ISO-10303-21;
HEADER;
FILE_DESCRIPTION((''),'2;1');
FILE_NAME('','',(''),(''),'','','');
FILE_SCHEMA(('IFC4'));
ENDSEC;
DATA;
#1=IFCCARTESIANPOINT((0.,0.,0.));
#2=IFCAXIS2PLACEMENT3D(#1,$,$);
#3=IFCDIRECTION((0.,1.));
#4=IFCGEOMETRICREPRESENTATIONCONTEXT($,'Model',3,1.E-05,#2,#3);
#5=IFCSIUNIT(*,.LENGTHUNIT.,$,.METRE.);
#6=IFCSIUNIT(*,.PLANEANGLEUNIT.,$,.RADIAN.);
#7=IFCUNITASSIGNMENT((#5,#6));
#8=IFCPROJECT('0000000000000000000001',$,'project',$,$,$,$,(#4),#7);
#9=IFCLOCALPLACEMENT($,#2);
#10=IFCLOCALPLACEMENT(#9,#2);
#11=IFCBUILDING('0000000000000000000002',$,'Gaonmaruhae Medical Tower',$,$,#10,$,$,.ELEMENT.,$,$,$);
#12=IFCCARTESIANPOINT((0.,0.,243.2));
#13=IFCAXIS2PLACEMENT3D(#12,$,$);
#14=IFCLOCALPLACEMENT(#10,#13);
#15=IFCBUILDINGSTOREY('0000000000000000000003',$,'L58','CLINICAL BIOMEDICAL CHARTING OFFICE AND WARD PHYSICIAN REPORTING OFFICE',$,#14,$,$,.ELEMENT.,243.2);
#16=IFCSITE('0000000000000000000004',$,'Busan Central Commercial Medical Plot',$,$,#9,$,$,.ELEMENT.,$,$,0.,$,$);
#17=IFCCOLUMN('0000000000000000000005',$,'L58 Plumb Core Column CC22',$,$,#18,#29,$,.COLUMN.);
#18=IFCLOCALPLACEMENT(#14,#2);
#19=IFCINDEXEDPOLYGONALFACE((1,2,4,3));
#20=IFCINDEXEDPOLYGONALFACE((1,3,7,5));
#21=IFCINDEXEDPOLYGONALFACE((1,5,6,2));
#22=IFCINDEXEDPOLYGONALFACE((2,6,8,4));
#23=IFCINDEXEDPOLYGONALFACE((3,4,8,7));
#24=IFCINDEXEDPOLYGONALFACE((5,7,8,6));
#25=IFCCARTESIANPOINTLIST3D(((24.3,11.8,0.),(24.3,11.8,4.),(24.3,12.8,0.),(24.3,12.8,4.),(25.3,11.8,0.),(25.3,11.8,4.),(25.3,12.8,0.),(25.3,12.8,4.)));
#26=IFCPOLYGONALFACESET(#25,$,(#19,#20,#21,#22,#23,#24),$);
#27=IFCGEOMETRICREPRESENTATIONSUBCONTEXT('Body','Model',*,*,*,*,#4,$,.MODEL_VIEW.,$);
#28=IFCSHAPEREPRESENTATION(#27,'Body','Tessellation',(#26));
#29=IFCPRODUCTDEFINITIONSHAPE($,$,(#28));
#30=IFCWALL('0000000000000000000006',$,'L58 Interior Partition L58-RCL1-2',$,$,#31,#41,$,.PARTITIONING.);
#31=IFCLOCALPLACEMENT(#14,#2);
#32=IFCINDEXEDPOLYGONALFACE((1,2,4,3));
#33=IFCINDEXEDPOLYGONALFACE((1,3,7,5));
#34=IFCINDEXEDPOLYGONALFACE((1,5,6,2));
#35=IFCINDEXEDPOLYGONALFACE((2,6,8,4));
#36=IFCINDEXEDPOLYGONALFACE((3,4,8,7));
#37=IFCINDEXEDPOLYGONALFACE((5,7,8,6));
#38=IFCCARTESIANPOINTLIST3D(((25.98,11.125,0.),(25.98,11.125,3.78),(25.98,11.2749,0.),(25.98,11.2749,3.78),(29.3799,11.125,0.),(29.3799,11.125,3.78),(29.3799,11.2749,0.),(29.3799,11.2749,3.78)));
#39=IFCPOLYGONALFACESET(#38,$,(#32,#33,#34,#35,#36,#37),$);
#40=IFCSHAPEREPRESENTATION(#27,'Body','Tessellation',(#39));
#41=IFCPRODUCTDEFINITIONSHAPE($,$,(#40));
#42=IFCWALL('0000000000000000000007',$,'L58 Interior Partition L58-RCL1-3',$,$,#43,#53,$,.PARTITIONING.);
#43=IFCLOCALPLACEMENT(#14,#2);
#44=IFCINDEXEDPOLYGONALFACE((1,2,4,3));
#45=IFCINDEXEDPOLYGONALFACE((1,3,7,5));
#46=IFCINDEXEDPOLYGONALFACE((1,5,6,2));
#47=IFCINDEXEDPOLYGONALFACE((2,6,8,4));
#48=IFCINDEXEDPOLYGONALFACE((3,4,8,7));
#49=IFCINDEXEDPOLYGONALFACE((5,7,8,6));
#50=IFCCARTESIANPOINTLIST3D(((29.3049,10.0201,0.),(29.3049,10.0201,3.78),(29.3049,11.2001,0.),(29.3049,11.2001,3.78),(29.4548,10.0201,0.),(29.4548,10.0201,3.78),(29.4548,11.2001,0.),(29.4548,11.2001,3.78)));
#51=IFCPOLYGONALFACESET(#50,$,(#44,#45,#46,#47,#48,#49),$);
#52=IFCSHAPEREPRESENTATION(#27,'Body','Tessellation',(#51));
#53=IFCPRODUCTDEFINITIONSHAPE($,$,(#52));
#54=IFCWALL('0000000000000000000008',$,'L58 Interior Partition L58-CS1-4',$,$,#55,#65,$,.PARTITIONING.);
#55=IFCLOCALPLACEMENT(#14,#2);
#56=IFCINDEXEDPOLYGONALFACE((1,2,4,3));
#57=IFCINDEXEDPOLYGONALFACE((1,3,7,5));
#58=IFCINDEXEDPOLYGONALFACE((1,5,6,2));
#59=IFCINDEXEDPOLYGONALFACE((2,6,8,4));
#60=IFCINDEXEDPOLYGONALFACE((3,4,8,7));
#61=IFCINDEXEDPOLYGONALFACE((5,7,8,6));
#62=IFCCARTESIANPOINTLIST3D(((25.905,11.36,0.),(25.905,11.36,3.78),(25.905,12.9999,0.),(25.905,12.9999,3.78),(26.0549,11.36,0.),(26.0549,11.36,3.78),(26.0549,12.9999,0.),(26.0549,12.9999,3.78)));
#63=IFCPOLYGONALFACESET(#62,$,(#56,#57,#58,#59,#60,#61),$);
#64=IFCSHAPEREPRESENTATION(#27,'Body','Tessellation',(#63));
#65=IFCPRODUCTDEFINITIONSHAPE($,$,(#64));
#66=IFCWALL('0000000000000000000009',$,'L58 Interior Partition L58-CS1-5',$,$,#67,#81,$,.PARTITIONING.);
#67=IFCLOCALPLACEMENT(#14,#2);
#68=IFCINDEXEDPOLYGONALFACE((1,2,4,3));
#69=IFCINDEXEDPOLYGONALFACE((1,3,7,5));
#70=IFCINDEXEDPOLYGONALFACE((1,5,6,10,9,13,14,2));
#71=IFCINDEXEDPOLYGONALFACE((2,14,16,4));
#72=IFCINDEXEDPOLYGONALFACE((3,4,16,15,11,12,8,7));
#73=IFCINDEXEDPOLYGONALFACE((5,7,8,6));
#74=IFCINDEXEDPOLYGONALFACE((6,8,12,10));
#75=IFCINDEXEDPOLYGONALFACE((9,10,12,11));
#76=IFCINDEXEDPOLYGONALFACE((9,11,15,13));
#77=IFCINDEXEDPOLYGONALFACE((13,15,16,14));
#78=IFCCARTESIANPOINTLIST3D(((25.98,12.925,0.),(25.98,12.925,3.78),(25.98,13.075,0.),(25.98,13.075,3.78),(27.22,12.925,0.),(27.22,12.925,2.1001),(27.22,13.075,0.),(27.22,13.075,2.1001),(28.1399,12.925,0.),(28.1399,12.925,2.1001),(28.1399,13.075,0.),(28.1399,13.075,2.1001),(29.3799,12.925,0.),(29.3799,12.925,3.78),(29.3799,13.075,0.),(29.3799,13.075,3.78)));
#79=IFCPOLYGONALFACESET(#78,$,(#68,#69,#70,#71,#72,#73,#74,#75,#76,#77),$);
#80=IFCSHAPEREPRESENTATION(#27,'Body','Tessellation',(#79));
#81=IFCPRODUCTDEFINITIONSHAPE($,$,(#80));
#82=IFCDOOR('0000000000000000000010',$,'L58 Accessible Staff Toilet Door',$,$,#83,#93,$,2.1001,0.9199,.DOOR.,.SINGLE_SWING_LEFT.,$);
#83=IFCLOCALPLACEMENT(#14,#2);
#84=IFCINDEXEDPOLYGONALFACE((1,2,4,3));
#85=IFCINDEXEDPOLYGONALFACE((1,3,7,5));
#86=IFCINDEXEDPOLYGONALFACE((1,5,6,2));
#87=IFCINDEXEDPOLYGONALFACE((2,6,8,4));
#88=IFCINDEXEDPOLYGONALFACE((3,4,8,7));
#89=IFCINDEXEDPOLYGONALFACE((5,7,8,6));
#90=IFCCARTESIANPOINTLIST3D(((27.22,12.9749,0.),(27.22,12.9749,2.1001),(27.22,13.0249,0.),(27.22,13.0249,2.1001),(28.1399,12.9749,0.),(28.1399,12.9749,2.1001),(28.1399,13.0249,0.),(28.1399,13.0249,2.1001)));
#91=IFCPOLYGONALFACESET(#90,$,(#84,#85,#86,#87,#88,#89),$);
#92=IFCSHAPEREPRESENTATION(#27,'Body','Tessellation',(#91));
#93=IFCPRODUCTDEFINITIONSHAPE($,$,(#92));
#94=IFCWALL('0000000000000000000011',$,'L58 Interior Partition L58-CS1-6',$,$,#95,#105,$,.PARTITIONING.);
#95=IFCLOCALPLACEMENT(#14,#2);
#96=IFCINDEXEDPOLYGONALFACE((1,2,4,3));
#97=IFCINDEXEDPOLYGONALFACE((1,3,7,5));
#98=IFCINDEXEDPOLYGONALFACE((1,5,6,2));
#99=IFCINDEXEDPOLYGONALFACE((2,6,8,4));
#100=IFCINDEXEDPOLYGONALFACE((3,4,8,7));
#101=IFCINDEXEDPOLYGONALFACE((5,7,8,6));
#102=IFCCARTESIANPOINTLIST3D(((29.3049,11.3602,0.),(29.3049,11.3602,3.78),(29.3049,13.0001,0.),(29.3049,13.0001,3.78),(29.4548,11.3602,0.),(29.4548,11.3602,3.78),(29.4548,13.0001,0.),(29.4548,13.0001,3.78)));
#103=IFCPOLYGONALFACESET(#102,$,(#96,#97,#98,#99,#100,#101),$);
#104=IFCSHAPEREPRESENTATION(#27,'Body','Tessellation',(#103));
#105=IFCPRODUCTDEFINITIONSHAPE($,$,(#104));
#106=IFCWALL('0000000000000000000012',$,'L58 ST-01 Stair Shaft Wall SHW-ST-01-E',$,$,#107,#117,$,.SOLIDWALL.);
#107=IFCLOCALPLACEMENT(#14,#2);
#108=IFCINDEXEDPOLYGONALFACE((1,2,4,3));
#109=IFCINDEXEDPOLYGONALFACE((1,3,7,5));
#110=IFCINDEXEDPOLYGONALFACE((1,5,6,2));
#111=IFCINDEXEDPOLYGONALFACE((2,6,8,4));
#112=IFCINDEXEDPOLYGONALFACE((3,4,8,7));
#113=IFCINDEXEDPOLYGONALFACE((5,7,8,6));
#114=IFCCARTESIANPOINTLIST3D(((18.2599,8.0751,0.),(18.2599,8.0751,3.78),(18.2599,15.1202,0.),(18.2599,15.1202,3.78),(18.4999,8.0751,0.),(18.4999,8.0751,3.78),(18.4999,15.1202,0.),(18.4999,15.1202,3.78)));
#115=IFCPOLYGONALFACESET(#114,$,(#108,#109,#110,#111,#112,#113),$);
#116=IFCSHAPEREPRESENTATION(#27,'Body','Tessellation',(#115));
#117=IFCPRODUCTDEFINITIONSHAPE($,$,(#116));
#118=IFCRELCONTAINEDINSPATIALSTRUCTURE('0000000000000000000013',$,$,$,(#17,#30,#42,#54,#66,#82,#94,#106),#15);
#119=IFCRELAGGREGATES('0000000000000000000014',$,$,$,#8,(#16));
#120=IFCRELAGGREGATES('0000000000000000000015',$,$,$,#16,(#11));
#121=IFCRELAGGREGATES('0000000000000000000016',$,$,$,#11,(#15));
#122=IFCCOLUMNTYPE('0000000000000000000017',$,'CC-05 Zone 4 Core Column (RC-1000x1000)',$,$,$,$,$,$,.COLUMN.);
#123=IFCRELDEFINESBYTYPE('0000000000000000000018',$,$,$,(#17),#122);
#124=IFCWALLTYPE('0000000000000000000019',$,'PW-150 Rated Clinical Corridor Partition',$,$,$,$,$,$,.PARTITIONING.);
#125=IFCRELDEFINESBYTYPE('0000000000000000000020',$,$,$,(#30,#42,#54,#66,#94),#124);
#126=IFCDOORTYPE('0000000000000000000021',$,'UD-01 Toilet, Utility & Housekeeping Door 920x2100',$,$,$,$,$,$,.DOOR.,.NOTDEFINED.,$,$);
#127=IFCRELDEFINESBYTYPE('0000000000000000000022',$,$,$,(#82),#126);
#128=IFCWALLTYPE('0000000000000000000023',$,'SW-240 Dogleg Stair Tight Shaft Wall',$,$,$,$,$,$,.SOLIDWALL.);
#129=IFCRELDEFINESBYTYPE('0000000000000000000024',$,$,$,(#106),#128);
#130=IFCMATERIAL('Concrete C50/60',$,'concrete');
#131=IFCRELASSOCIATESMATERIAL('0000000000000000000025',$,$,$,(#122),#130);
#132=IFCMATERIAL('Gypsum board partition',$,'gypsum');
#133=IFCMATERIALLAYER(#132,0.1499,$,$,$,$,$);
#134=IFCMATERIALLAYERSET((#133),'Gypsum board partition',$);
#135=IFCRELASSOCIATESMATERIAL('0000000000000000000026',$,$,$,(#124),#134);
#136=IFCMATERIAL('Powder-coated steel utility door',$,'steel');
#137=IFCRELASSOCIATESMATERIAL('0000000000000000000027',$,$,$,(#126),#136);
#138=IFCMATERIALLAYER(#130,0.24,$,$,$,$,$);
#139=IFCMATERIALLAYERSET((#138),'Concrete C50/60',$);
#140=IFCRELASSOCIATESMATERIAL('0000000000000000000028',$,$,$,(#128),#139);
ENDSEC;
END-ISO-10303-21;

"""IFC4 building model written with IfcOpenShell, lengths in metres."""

from ifc_helpers import new_model, si_unit, direction, frame, frame_2d, origin, origin_2d, place, context, subcontext, project, spatial, rectangle, extrude, material, layer, layer_set, material_profile, profile_set, type_object, element, fill, save


model = new_model("IFC4")

# Units and contexts
model_context = context("Model", 3, precision=1e-05, world=origin(), true_north=direction((0.0, 1.0)))
body_context = subcontext(model_context, "Body", "Model", "MODEL_VIEW")
ifc_project = project(units=[si_unit("LENGTHUNIT", "METRE"), si_unit("PLANEANGLEUNIT", "RADIAN")], contexts=[model_context])

# Site, building, storey
site_placement = place(None, origin())
site = spatial("IfcSite", under=ifc_project, at=site_placement, Name="Busan Central Commercial Medical Plot", CompositionType="ELEMENT", RefElevation=0.0)
building_placement = place(site_placement, origin())
building = spatial("IfcBuilding", under=site, at=building_placement, Name="Gaonmaruhae Medical Tower", CompositionType="ELEMENT")
storey_placement = place(building_placement, frame((0.0, 0.0, 243.2)))
storey = spatial("IfcBuildingStorey", under=building, at=storey_placement, Name="L58", Description="CLINICAL BIOMEDICAL CHARTING OFFICE AND WARD PHYSICIAN REPORTING OFFICE", CompositionType="ELEMENT", Elevation=243.2)

# Column
ifc_material_1 = material(Name="Concrete C50/60", Category="concrete")
ifc_material_profile = material_profile(ifc_material_1, rectangle(XDim=1.0, YDim=1.0, at=origin_2d()), Name="RC-1000x1000")
ifc_profile_set = profile_set([ifc_material_profile], Name="Concrete C50/60")
column_type = type_object("IfcColumnType", Name="CC-05 Zone 4 Core Column (RC-1000x1000)", PredefinedType="COLUMN", material=ifc_profile_set)
column_placement = place(storey_placement, frame((24.8, 12.3, 0.0), z_axis=(0.0, 0.0, 1.0), x_axis=(1.0, 0.0, 0.0)))
element("IfcColumn", 1, at=column_placement, inside=storey, type_object=column_type, Name="L58 Plumb Core Column CC22", PredefinedType="COLUMN", context=body_context, shape_type="SweptSolid", body=[
    extrude(rectangle(XDim=1.0, YDim=1.0, at=origin_2d()), origin(), (0.0, 0.0, 1.0), 4.0),
])

# Walls
ifc_material_2 = material(Name="Gypsum board partition", Category="gypsum")
ifc_layer_1 = layer(ifc_material_2, 0.1499)
ifc_layer_set_1 = layer_set([ifc_layer_1], Name="Gypsum board partition")
wall_type_1 = type_object("IfcWallType", Name="PW-150 Rated Clinical Corridor Partition", PredefinedType="PARTITIONING", material=ifc_layer_set_1)
wall_1_placement = place(storey_placement, frame((25.98, 11.2, 0.0), z_axis=(0.0, 0.0, 1.0), x_axis=(1.0, 0.0, 0.0)))
element("IfcWall", 2, at=wall_1_placement, inside=storey, type_object=wall_type_1, Name="L58 Interior Partition L58-RCL1-2", PredefinedType="PARTITIONING", context=body_context, shape_type="SweptSolid", body=[
    extrude(rectangle(XDim=3.3999, YDim=0.1499, at=frame_2d((1.7, 0.0))), origin(), (0.0, 0.0, 1.0), 3.78),
])
wall_2_placement = place(storey_placement, frame((29.3799, 11.2, 0.0), z_axis=(0.0, 0.0, 1.0), x_axis=(0.0, -1.0, 0.0)))
element("IfcWall", 3, at=wall_2_placement, inside=storey, type_object=wall_type_1, Name="L58 Interior Partition L58-RCL1-3", PredefinedType="PARTITIONING", context=body_context, shape_type="SweptSolid", body=[
    extrude(rectangle(XDim=1.1799, YDim=0.1499, at=frame_2d((0.5898, 0.0))), origin(), (0.0, 0.0, 1.0), 3.78),
])
wall_3_placement = place(storey_placement, frame((25.98, 11.3601, 0.0), z_axis=(0.0, 0.0, 1.0), x_axis=(0.0, 1.0, 0.0)))
element("IfcWall", 4, at=wall_3_placement, inside=storey, type_object=wall_type_1, Name="L58 Interior Partition L58-CS1-4", PredefinedType="PARTITIONING", context=body_context, shape_type="SweptSolid", body=[
    extrude(rectangle(XDim=1.6399, YDim=0.1499, at=frame_2d((0.8198, 0.0))), origin(), (0.0, 0.0, 1.0), 3.78),
])

# Wall, opening, door
wall_4_placement = place(storey_placement, frame((25.98, 13.0, 0.0), z_axis=(0.0, 0.0, 1.0), x_axis=(1.0, 0.0, 0.0)))
wall_4 = element("IfcWall", 5, at=wall_4_placement, inside=storey, type_object=wall_type_1, Name="L58 Interior Partition L58-CS1-5", PredefinedType="PARTITIONING", context=body_context, shape_type="SweptSolid", body=[
    extrude(rectangle(XDim=3.3999, YDim=0.1499, at=frame_2d((1.7, 0.0))), origin(), (0.0, 0.0, 1.0), 3.78),
])
opening_1_placement = place(wall_4_placement, frame((1.24, 0.0, 0.0)))
opening_1 = element("IfcOpeningElement", 6, at=opening_1_placement, cuts=wall_4, PredefinedType="OPENING", context=body_context, shape_type="SweptSolid", body=[
    extrude(rectangle(XDim=0.9199, YDim=2.1001, at=frame_2d((0.46, 1.05))), frame((0.0, 0.085, 0.0), z_axis=(0.0, -1.0, 0.0), x_axis=(1.0, 0.0, 0.0)), (0.0, 0.0, 1.0), 0.1699),
])
ifc_material_3 = material(Name="Powder-coated steel utility door", Category="steel")
door_type_1 = type_object("IfcDoorType", Name="UD-01 Toilet, Utility & Housekeeping Door 920x2100", OperationType="NOTDEFINED", PredefinedType="DOOR", material=ifc_material_3)
door_1_placement = place(opening_1_placement, origin())
door_1 = element("IfcDoor", 7, at=door_1_placement, inside=storey, type_object=door_type_1, Name="L58 Accessible Staff Toilet Door", OperationType="SINGLE_SWING_LEFT", OverallHeight=2.1001, OverallWidth=0.9199, PredefinedType="DOOR", context=body_context, shape_type="SweptSolid", body=[
    extrude(rectangle(XDim=0.9199, YDim=2.1001, at=frame_2d((0.46, 1.05))), frame((0.0, 0.0249, 0.0), z_axis=(0.0, -1.0, 0.0), x_axis=(1.0, 0.0, 0.0)), (0.0, 0.0, 1.0), 0.05),
])
fill(opening_1, door_1)

# Walls
wall_5_placement = place(storey_placement, frame((29.3799, 13.0, 0.0), z_axis=(0.0, 0.0, 1.0), x_axis=(0.0, -1.0, 0.0)))
element("IfcWall", 8, at=wall_5_placement, inside=storey, type_object=wall_type_1, Name="L58 Interior Partition L58-CS1-6", PredefinedType="PARTITIONING", context=body_context, shape_type="SweptSolid", body=[
    extrude(rectangle(XDim=1.6399, YDim=0.1499, at=frame_2d((0.8198, 0.0))), origin(), (0.0, 0.0, 1.0), 3.78),
])
ifc_layer_2 = layer(ifc_material_1, 0.24)
ifc_layer_set_2 = layer_set([ifc_layer_2], Name="Concrete C50/60")
wall_type_2 = type_object("IfcWallType", Name="SW-240 Dogleg Stair Tight Shaft Wall", PredefinedType="SOLIDWALL", material=ifc_layer_set_2)
wall_6_placement = place(storey_placement, frame((18.3799, 15.1201, 0.0), z_axis=(0.0, 0.0, 1.0), x_axis=(0.0, -1.0, 0.0)))
element("IfcWall", 9, at=wall_6_placement, inside=storey, type_object=wall_type_2, Name="L58 ST-01 Stair Shaft Wall SHW-ST-01-E", PredefinedType="SOLIDWALL", context=body_context, shape_type="SweptSolid", body=[
    extrude(rectangle(XDim=7.0452, YDim=0.24, at=frame_2d((3.5225, 0.0))), origin(), (0.0, 0.0, 1.0), 3.78),
])

save(model, "model.ifc")
